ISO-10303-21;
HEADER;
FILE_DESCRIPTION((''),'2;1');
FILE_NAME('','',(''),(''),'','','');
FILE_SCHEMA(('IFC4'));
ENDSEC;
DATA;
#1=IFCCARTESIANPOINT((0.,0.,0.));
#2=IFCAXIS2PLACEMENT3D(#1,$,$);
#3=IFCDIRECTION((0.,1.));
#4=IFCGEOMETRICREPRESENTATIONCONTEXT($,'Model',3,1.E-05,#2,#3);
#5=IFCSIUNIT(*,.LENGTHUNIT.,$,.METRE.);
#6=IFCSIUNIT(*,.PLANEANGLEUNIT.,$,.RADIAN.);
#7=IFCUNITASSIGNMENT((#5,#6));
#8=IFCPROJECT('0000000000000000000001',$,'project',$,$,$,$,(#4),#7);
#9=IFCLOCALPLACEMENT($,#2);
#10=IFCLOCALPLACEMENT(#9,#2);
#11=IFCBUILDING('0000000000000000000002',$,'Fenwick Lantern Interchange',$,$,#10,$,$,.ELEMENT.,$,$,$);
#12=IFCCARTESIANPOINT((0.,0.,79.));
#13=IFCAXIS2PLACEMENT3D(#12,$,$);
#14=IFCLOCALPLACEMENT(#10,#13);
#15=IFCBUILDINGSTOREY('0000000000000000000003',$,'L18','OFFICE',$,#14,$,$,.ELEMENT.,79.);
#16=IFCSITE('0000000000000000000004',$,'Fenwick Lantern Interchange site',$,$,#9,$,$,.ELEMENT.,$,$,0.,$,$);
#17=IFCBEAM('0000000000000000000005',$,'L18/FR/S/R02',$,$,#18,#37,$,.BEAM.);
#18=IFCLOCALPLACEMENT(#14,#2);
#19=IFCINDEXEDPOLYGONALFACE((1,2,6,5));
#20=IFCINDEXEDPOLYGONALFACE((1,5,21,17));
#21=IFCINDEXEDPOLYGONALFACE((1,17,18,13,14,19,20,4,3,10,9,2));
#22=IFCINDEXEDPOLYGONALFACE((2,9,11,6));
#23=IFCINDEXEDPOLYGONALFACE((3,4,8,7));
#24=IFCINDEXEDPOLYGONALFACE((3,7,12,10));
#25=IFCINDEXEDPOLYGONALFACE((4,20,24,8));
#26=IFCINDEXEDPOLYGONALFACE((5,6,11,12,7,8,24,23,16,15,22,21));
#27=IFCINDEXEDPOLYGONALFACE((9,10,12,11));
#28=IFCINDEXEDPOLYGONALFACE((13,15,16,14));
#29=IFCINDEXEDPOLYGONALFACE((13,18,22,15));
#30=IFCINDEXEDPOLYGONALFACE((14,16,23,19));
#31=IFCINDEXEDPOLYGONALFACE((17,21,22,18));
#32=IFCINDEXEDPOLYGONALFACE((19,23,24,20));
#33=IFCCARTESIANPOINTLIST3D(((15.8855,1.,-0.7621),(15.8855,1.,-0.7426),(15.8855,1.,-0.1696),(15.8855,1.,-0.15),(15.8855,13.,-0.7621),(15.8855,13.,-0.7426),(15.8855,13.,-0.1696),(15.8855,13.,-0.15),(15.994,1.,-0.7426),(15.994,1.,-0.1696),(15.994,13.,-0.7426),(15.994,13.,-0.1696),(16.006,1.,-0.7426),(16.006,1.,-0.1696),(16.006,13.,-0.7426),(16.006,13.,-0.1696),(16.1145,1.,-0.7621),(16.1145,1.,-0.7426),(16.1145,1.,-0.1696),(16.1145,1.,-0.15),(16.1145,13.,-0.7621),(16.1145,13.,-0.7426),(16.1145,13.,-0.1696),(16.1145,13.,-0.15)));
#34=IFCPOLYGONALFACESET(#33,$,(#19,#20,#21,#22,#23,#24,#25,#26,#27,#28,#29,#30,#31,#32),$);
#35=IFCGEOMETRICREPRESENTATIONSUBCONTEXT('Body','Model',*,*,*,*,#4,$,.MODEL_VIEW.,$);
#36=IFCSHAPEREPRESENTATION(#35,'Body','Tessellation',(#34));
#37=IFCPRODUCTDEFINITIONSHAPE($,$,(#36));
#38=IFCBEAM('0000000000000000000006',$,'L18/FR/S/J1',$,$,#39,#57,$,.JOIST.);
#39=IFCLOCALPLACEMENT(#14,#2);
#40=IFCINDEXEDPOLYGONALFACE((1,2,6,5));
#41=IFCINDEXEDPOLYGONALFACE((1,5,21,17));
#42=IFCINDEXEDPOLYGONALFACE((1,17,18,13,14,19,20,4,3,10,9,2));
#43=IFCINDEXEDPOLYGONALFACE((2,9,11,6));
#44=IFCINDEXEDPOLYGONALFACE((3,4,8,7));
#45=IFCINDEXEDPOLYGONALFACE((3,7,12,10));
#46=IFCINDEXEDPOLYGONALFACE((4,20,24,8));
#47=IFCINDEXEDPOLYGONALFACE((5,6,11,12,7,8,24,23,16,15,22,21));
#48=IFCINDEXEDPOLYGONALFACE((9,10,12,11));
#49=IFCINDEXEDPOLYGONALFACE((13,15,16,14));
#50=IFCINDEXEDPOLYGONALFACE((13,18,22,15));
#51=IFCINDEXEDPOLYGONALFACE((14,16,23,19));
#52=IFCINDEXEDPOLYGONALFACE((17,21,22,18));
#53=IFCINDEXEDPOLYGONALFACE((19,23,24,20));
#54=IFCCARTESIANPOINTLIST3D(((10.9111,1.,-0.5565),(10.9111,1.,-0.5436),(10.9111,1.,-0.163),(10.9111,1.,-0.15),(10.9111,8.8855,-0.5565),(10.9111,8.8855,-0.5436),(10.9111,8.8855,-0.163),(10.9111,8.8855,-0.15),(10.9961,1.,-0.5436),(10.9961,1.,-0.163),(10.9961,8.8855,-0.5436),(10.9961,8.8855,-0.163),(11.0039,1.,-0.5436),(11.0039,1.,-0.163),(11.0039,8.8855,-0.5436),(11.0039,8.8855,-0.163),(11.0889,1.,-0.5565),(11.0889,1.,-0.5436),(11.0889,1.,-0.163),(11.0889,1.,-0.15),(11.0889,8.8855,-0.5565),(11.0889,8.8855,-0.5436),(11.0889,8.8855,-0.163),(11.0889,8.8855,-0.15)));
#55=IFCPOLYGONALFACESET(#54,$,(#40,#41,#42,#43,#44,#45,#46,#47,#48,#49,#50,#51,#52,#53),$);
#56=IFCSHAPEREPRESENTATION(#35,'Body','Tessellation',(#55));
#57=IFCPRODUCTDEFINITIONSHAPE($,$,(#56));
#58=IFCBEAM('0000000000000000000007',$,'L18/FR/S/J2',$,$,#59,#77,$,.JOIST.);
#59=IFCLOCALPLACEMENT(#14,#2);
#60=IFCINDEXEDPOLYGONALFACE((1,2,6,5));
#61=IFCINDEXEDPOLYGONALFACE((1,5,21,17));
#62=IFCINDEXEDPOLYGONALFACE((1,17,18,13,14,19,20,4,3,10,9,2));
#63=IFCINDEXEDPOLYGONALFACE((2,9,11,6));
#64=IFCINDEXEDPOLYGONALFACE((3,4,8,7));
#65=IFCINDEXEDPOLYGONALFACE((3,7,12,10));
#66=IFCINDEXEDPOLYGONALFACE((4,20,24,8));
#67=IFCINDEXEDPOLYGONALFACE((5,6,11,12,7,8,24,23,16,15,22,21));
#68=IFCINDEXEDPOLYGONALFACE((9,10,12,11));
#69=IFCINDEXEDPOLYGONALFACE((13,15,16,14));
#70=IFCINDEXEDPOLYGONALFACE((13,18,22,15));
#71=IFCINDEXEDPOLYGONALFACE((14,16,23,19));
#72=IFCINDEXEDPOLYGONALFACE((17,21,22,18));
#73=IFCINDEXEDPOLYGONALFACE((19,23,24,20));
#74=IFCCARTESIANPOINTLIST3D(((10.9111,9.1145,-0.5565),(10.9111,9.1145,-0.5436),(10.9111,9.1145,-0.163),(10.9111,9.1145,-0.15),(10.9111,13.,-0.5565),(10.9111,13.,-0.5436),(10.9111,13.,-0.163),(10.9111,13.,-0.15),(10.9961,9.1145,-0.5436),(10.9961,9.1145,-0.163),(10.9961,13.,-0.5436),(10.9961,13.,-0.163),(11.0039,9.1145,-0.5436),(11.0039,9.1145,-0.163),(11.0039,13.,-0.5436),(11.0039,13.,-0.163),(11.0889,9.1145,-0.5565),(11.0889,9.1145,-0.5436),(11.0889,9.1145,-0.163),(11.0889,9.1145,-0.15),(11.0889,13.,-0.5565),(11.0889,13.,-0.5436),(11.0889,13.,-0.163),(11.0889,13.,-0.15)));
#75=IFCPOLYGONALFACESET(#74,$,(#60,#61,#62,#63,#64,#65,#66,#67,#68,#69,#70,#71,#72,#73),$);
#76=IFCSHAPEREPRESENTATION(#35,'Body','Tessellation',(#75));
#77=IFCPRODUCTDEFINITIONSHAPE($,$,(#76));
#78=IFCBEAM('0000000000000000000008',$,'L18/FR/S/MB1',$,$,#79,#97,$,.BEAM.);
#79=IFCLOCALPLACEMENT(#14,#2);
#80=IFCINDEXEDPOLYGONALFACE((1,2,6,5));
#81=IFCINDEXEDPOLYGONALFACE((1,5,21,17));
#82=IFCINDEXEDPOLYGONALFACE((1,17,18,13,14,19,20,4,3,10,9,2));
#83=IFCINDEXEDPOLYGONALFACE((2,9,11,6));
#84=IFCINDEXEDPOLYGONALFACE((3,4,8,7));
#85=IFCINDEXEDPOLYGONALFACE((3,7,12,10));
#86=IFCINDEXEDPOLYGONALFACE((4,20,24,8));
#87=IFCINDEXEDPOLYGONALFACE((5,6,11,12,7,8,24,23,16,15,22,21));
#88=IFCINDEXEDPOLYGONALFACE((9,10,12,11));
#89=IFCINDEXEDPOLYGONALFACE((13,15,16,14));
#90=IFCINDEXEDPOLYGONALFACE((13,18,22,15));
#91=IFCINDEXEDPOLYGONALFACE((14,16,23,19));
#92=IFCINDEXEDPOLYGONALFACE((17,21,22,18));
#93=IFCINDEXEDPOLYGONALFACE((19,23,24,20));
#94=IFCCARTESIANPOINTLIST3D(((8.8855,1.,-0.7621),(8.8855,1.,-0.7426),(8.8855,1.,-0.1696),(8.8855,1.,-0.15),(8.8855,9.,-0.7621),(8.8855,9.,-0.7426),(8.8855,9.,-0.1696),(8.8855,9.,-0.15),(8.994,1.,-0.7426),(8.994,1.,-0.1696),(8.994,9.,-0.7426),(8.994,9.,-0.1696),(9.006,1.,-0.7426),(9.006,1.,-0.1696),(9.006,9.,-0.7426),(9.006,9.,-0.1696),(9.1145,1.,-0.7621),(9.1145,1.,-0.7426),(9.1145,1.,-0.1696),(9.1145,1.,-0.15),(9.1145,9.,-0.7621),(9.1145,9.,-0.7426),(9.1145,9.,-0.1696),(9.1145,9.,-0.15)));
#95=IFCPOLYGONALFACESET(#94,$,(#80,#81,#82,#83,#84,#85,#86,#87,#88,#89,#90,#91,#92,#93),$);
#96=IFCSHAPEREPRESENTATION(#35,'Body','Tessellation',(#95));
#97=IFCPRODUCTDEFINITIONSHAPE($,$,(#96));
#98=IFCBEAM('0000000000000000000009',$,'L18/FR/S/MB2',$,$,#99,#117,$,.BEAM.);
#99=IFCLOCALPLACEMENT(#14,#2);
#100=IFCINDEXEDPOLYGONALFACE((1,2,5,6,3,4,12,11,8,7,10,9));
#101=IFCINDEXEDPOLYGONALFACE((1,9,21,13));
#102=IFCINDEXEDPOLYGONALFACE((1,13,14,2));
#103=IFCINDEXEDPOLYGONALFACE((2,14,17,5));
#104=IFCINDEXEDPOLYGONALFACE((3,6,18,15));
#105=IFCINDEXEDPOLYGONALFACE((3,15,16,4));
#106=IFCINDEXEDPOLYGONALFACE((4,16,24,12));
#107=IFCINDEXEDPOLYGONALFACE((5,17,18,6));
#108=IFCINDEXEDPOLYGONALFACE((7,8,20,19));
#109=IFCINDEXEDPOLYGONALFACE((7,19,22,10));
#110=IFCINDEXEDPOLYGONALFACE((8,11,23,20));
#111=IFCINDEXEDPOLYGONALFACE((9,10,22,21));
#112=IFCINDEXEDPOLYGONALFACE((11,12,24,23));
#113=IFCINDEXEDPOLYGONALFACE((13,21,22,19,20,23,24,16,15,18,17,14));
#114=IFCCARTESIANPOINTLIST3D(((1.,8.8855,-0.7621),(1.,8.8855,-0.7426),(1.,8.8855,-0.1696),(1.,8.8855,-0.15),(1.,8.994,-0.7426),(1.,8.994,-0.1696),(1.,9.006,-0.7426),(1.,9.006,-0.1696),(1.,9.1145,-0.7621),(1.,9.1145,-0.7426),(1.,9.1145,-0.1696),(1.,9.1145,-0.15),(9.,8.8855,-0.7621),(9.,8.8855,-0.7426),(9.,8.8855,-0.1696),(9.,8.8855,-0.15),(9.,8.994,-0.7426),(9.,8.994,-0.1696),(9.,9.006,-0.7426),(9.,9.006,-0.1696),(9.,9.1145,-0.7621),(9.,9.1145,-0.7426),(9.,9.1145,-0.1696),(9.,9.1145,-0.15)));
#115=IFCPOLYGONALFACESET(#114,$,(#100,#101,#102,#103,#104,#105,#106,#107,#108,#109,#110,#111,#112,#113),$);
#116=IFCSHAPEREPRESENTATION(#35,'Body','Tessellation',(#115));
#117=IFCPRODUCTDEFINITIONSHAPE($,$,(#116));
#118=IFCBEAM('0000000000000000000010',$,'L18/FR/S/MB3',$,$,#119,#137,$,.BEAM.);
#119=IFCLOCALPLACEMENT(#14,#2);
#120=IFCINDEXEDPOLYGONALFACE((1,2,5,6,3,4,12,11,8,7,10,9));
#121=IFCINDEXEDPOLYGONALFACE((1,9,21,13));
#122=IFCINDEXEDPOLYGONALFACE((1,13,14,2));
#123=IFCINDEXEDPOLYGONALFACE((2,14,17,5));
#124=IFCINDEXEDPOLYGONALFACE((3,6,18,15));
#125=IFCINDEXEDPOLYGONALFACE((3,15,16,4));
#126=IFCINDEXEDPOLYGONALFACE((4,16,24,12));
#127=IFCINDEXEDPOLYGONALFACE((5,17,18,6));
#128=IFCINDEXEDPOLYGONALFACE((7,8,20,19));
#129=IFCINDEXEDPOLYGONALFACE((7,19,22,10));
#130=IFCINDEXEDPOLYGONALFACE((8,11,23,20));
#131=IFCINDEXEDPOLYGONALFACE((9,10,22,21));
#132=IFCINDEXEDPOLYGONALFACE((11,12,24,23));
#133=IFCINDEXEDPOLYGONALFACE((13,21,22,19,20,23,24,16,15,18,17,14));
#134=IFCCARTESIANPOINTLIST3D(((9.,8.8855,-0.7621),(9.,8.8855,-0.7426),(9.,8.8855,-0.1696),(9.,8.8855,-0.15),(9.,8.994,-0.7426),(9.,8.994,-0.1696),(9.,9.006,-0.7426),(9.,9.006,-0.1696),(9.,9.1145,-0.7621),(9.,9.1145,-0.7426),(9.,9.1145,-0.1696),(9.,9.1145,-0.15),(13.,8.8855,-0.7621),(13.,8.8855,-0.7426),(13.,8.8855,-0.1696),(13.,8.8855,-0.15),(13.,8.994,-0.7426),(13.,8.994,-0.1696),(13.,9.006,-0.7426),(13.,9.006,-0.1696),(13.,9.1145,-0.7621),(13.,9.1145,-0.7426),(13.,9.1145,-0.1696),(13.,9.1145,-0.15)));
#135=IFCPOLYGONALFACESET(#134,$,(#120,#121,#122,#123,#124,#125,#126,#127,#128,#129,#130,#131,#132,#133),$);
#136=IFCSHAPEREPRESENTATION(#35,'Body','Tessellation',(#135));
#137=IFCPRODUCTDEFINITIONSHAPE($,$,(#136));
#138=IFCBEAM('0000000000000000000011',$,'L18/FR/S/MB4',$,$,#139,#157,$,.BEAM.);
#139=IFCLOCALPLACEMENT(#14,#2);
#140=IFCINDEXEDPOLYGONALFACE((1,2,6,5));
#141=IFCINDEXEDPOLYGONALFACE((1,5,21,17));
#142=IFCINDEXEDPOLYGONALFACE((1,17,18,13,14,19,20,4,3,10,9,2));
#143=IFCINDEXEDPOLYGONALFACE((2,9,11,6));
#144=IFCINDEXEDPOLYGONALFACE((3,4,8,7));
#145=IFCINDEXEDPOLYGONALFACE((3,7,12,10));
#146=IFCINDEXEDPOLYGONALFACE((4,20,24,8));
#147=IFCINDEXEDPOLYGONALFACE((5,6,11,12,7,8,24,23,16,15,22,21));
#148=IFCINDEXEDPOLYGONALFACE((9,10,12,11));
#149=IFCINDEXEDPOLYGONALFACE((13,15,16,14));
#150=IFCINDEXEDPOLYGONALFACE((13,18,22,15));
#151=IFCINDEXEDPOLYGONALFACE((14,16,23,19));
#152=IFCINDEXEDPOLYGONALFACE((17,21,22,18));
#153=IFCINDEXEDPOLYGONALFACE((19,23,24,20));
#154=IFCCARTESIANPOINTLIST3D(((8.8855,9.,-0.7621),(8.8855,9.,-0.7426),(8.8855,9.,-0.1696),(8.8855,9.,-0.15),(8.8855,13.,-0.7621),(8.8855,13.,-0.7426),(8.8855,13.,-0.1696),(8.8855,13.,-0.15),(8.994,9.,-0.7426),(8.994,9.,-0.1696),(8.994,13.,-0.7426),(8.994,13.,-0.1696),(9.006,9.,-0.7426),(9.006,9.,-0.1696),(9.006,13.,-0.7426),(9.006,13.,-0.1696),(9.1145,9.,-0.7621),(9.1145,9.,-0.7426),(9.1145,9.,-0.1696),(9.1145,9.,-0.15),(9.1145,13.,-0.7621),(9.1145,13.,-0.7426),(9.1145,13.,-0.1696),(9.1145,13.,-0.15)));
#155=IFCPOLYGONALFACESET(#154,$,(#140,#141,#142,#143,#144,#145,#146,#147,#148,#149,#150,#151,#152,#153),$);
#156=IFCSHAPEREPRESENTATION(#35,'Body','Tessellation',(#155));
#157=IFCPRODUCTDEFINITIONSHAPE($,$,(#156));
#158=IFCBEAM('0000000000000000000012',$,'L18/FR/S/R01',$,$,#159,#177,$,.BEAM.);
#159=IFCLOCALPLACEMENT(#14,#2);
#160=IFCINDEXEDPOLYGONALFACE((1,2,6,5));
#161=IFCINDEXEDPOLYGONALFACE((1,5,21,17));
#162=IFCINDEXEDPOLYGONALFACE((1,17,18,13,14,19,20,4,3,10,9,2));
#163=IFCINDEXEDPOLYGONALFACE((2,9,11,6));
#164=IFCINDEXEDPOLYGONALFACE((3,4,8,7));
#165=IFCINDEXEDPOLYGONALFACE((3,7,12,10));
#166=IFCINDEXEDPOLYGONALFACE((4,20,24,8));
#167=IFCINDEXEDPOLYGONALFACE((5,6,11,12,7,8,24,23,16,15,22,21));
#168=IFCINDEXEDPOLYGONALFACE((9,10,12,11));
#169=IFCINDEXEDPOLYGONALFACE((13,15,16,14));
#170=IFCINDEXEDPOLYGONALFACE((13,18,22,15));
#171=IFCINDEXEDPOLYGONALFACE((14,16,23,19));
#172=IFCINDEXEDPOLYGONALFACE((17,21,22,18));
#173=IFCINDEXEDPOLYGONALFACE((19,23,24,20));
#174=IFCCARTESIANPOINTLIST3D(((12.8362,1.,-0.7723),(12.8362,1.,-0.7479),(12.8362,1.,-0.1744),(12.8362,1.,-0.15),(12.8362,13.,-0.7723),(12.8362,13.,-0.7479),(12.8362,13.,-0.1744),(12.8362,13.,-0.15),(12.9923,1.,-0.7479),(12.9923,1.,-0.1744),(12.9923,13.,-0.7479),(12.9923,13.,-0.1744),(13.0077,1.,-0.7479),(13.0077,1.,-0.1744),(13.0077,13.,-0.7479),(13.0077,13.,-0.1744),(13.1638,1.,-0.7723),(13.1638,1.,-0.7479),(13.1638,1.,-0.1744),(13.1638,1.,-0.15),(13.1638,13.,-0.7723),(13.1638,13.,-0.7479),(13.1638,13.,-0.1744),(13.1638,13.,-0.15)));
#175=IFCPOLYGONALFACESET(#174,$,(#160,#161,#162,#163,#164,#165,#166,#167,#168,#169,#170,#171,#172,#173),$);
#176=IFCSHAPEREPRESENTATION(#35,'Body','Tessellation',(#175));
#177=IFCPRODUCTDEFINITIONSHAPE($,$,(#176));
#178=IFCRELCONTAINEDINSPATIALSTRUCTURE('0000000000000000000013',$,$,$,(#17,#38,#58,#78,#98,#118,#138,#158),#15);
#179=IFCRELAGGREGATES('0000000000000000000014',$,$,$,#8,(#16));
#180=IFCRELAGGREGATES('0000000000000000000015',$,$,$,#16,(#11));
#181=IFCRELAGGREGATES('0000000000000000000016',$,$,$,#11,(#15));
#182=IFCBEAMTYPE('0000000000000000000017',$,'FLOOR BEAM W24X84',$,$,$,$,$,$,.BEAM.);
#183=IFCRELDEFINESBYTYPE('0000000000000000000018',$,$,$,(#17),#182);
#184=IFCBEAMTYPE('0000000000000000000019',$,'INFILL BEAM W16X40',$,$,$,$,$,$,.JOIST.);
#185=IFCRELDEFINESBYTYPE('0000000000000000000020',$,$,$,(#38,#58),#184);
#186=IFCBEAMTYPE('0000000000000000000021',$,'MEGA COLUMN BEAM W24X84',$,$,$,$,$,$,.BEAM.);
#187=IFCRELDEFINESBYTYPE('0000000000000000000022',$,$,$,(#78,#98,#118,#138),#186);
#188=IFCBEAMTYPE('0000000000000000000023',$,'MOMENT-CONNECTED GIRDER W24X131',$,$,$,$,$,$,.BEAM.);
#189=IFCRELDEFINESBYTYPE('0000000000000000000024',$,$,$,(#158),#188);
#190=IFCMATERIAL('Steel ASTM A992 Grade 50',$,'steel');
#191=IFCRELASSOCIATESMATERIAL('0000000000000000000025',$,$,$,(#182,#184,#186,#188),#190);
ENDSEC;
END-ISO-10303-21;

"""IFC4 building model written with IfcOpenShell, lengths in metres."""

from ifc_helpers import new_model, si_unit, direction, frame, origin, origin_2d, place, context, subcontext, project, spatial, i_section, extrude, material, material_profile, profile_set, type_object, element, save


model = new_model("IFC4")

# Units and contexts
model_context = context("Model", 3, precision=1e-05, world=origin(), true_north=direction((0.0, 1.0)))
body_context = subcontext(model_context, "Body", "Model", "MODEL_VIEW")
ifc_project = project(units=[si_unit("LENGTHUNIT", "METRE"), si_unit("PLANEANGLEUNIT", "RADIAN")], contexts=[model_context])

# Site, building, storey
site_placement = place(None, origin())
site = spatial("IfcSite", under=ifc_project, at=site_placement, Name="Fenwick Lantern Interchange site", CompositionType="ELEMENT", RefElevation=0.0)
building_placement = place(site_placement, origin())
building = spatial("IfcBuilding", under=site, at=building_placement, Name="Fenwick Lantern Interchange", CompositionType="ELEMENT")
storey_placement = place(building_placement, frame((0.0, 0.0, 79.0)))
storey = spatial("IfcBuildingStorey", under=building, at=storey_placement, Name="L18", Description="OFFICE", CompositionType="ELEMENT", Elevation=79.0)

# Shared definitions
ifc_material_1 = material(Name="Steel ASTM A992 Grade 50", Category="steel")

# Beams
ifc_material_profile_1 = material_profile(ifc_material_1, i_section(OverallWidth=0.229, OverallDepth=0.6121, WebThickness=0.012, FlangeThickness=0.0195, at=origin_2d()), Name="W24X84")
ifc_profile_set_1 = profile_set([ifc_material_profile_1], Name="Steel ASTM A992 Grade 50")
beam_type_1 = type_object("IfcBeamType", Name="FLOOR BEAM W24X84", PredefinedType="BEAM", material=ifc_profile_set_1)
beam_1_placement = place(storey_placement, frame((16.0, 1.0, -0.4561), z_axis=(0.0, 1.0, 0.0), x_axis=(-1.0, 0.0, 0.0)))
element("IfcBeam", 1, at=beam_1_placement, inside=storey, type_object=beam_type_1, Name="L18/FR/S/R02", PredefinedType="BEAM", context=body_context, shape_type="SweptSolid", body=[
    extrude(i_section(OverallWidth=0.229, OverallDepth=0.6121, WebThickness=0.012, FlangeThickness=0.0195, at=origin_2d()), origin(), (0.0, 0.0, 1.0), 12.0),
])
ifc_material_profile_2 = material_profile(ifc_material_1, i_section(OverallWidth=0.1777, OverallDepth=0.4065, WebThickness=0.0078, FlangeThickness=0.0129, at=origin_2d()), Name="W16X40")
ifc_profile_set_2 = profile_set([ifc_material_profile_2], Name="Steel ASTM A992 Grade 50")
beam_type_2 = type_object("IfcBeamType", Name="INFILL BEAM W16X40", PredefinedType="JOIST", material=ifc_profile_set_2)
beam_2_placement = place(storey_placement, frame((11.0, 1.0, -0.3533), z_axis=(0.0, 1.0, 0.0), x_axis=(-1.0, 0.0, 0.0)))
element("IfcBeam", 2, at=beam_2_placement, inside=storey, type_object=beam_type_2, Name="L18/FR/S/J1", PredefinedType="JOIST", context=body_context, shape_type="SweptSolid", body=[
    extrude(i_section(OverallWidth=0.1777, OverallDepth=0.4065, WebThickness=0.0078, FlangeThickness=0.0129, at=origin_2d()), origin(), (0.0, 0.0, 1.0), 7.8855),
])
beam_3_placement = place(storey_placement, frame((11.0, 9.1145, -0.3533), z_axis=(0.0, 1.0, 0.0), x_axis=(-1.0, 0.0, 0.0)))
element("IfcBeam", 3, at=beam_3_placement, inside=storey, type_object=beam_type_2, Name="L18/FR/S/J2", PredefinedType="JOIST", context=body_context, shape_type="SweptSolid", body=[
    extrude(i_section(OverallWidth=0.1777, OverallDepth=0.4065, WebThickness=0.0078, FlangeThickness=0.0129, at=origin_2d()), origin(), (0.0, 0.0, 1.0), 3.8855),
])
ifc_material_profile_3 = material_profile(ifc_material_1, i_section(OverallWidth=0.229, OverallDepth=0.6121, WebThickness=0.012, FlangeThickness=0.0195, at=origin_2d()), Name="W24X84")
ifc_profile_set_3 = profile_set([ifc_material_profile_3], Name="Steel ASTM A992 Grade 50")
beam_type_3 = type_object("IfcBeamType", Name="MEGA COLUMN BEAM W24X84", PredefinedType="BEAM", material=ifc_profile_set_3)
for number, where, z_axis, x_axis, name in (
    (4, (9.0, 9.0, -0.4561), (0.0, -1.0, 0.0), (1.0, 0.0, 0.0), "L18/FR/S/MB1"),
    (5, (9.0, 9.0, -0.4561), (-1.0, 0.0, 0.0), (0.0, -1.0, 0.0), "L18/FR/S/MB2"),
):
    element("IfcBeam", number, at=place(storey_placement, frame(where, z_axis=z_axis, x_axis=x_axis)), inside=storey, type_object=beam_type_3, Name=name, PredefinedType="BEAM", context=body_context, shape_type="SweptSolid", body=[
        extrude(i_section(OverallWidth=0.229, OverallDepth=0.6121, WebThickness=0.012, FlangeThickness=0.0195, at=origin_2d()), origin(), (0.0, 0.0, 1.0), 8.0),
    ])
for number, where, z_axis, x_axis, name in (
    (6, (9.0, 9.0, -0.4561), (1.0, 0.0, 0.0), (0.0, 1.0, 0.0), "L18/FR/S/MB3"),
    (7, (9.0, 9.0, -0.4561), (0.0, 1.0, 0.0), (-1.0, 0.0, 0.0), "L18/FR/S/MB4"),
):
    element("IfcBeam", number, at=place(storey_placement, frame(where, z_axis=z_axis, x_axis=x_axis)), inside=storey, type_object=beam_type_3, Name=name, PredefinedType="BEAM", context=body_context, shape_type="SweptSolid", body=[
        extrude(i_section(OverallWidth=0.229, OverallDepth=0.6121, WebThickness=0.012, FlangeThickness=0.0195, at=origin_2d()), origin(), (0.0, 0.0, 1.0), 4.0),
    ])
ifc_material_profile_4 = material_profile(ifc_material_1, i_section(OverallWidth=0.3276, OverallDepth=0.6223, WebThickness=0.0154, FlangeThickness=0.0244, at=origin_2d()), Name="W24X131")
ifc_profile_set_4 = profile_set([ifc_material_profile_4], Name="Steel ASTM A992 Grade 50")
beam_type_4 = type_object("IfcBeamType", Name="MOMENT-CONNECTED GIRDER W24X131", PredefinedType="BEAM", material=ifc_profile_set_4)
beam_4_placement = place(storey_placement, frame((13.0, 1.0, -0.4612), z_axis=(0.0, 1.0, 0.0), x_axis=(-1.0, 0.0, 0.0)))
element("IfcBeam", 8, at=beam_4_placement, inside=storey, type_object=beam_type_4, Name="L18/FR/S/R01", PredefinedType="BEAM", context=body_context, shape_type="SweptSolid", body=[
    extrude(i_section(OverallWidth=0.3276, OverallDepth=0.6223, WebThickness=0.0154, FlangeThickness=0.0244, at=origin_2d()), origin(), (0.0, 0.0, 1.0), 12.0),
])

save(model, "model.ifc")
